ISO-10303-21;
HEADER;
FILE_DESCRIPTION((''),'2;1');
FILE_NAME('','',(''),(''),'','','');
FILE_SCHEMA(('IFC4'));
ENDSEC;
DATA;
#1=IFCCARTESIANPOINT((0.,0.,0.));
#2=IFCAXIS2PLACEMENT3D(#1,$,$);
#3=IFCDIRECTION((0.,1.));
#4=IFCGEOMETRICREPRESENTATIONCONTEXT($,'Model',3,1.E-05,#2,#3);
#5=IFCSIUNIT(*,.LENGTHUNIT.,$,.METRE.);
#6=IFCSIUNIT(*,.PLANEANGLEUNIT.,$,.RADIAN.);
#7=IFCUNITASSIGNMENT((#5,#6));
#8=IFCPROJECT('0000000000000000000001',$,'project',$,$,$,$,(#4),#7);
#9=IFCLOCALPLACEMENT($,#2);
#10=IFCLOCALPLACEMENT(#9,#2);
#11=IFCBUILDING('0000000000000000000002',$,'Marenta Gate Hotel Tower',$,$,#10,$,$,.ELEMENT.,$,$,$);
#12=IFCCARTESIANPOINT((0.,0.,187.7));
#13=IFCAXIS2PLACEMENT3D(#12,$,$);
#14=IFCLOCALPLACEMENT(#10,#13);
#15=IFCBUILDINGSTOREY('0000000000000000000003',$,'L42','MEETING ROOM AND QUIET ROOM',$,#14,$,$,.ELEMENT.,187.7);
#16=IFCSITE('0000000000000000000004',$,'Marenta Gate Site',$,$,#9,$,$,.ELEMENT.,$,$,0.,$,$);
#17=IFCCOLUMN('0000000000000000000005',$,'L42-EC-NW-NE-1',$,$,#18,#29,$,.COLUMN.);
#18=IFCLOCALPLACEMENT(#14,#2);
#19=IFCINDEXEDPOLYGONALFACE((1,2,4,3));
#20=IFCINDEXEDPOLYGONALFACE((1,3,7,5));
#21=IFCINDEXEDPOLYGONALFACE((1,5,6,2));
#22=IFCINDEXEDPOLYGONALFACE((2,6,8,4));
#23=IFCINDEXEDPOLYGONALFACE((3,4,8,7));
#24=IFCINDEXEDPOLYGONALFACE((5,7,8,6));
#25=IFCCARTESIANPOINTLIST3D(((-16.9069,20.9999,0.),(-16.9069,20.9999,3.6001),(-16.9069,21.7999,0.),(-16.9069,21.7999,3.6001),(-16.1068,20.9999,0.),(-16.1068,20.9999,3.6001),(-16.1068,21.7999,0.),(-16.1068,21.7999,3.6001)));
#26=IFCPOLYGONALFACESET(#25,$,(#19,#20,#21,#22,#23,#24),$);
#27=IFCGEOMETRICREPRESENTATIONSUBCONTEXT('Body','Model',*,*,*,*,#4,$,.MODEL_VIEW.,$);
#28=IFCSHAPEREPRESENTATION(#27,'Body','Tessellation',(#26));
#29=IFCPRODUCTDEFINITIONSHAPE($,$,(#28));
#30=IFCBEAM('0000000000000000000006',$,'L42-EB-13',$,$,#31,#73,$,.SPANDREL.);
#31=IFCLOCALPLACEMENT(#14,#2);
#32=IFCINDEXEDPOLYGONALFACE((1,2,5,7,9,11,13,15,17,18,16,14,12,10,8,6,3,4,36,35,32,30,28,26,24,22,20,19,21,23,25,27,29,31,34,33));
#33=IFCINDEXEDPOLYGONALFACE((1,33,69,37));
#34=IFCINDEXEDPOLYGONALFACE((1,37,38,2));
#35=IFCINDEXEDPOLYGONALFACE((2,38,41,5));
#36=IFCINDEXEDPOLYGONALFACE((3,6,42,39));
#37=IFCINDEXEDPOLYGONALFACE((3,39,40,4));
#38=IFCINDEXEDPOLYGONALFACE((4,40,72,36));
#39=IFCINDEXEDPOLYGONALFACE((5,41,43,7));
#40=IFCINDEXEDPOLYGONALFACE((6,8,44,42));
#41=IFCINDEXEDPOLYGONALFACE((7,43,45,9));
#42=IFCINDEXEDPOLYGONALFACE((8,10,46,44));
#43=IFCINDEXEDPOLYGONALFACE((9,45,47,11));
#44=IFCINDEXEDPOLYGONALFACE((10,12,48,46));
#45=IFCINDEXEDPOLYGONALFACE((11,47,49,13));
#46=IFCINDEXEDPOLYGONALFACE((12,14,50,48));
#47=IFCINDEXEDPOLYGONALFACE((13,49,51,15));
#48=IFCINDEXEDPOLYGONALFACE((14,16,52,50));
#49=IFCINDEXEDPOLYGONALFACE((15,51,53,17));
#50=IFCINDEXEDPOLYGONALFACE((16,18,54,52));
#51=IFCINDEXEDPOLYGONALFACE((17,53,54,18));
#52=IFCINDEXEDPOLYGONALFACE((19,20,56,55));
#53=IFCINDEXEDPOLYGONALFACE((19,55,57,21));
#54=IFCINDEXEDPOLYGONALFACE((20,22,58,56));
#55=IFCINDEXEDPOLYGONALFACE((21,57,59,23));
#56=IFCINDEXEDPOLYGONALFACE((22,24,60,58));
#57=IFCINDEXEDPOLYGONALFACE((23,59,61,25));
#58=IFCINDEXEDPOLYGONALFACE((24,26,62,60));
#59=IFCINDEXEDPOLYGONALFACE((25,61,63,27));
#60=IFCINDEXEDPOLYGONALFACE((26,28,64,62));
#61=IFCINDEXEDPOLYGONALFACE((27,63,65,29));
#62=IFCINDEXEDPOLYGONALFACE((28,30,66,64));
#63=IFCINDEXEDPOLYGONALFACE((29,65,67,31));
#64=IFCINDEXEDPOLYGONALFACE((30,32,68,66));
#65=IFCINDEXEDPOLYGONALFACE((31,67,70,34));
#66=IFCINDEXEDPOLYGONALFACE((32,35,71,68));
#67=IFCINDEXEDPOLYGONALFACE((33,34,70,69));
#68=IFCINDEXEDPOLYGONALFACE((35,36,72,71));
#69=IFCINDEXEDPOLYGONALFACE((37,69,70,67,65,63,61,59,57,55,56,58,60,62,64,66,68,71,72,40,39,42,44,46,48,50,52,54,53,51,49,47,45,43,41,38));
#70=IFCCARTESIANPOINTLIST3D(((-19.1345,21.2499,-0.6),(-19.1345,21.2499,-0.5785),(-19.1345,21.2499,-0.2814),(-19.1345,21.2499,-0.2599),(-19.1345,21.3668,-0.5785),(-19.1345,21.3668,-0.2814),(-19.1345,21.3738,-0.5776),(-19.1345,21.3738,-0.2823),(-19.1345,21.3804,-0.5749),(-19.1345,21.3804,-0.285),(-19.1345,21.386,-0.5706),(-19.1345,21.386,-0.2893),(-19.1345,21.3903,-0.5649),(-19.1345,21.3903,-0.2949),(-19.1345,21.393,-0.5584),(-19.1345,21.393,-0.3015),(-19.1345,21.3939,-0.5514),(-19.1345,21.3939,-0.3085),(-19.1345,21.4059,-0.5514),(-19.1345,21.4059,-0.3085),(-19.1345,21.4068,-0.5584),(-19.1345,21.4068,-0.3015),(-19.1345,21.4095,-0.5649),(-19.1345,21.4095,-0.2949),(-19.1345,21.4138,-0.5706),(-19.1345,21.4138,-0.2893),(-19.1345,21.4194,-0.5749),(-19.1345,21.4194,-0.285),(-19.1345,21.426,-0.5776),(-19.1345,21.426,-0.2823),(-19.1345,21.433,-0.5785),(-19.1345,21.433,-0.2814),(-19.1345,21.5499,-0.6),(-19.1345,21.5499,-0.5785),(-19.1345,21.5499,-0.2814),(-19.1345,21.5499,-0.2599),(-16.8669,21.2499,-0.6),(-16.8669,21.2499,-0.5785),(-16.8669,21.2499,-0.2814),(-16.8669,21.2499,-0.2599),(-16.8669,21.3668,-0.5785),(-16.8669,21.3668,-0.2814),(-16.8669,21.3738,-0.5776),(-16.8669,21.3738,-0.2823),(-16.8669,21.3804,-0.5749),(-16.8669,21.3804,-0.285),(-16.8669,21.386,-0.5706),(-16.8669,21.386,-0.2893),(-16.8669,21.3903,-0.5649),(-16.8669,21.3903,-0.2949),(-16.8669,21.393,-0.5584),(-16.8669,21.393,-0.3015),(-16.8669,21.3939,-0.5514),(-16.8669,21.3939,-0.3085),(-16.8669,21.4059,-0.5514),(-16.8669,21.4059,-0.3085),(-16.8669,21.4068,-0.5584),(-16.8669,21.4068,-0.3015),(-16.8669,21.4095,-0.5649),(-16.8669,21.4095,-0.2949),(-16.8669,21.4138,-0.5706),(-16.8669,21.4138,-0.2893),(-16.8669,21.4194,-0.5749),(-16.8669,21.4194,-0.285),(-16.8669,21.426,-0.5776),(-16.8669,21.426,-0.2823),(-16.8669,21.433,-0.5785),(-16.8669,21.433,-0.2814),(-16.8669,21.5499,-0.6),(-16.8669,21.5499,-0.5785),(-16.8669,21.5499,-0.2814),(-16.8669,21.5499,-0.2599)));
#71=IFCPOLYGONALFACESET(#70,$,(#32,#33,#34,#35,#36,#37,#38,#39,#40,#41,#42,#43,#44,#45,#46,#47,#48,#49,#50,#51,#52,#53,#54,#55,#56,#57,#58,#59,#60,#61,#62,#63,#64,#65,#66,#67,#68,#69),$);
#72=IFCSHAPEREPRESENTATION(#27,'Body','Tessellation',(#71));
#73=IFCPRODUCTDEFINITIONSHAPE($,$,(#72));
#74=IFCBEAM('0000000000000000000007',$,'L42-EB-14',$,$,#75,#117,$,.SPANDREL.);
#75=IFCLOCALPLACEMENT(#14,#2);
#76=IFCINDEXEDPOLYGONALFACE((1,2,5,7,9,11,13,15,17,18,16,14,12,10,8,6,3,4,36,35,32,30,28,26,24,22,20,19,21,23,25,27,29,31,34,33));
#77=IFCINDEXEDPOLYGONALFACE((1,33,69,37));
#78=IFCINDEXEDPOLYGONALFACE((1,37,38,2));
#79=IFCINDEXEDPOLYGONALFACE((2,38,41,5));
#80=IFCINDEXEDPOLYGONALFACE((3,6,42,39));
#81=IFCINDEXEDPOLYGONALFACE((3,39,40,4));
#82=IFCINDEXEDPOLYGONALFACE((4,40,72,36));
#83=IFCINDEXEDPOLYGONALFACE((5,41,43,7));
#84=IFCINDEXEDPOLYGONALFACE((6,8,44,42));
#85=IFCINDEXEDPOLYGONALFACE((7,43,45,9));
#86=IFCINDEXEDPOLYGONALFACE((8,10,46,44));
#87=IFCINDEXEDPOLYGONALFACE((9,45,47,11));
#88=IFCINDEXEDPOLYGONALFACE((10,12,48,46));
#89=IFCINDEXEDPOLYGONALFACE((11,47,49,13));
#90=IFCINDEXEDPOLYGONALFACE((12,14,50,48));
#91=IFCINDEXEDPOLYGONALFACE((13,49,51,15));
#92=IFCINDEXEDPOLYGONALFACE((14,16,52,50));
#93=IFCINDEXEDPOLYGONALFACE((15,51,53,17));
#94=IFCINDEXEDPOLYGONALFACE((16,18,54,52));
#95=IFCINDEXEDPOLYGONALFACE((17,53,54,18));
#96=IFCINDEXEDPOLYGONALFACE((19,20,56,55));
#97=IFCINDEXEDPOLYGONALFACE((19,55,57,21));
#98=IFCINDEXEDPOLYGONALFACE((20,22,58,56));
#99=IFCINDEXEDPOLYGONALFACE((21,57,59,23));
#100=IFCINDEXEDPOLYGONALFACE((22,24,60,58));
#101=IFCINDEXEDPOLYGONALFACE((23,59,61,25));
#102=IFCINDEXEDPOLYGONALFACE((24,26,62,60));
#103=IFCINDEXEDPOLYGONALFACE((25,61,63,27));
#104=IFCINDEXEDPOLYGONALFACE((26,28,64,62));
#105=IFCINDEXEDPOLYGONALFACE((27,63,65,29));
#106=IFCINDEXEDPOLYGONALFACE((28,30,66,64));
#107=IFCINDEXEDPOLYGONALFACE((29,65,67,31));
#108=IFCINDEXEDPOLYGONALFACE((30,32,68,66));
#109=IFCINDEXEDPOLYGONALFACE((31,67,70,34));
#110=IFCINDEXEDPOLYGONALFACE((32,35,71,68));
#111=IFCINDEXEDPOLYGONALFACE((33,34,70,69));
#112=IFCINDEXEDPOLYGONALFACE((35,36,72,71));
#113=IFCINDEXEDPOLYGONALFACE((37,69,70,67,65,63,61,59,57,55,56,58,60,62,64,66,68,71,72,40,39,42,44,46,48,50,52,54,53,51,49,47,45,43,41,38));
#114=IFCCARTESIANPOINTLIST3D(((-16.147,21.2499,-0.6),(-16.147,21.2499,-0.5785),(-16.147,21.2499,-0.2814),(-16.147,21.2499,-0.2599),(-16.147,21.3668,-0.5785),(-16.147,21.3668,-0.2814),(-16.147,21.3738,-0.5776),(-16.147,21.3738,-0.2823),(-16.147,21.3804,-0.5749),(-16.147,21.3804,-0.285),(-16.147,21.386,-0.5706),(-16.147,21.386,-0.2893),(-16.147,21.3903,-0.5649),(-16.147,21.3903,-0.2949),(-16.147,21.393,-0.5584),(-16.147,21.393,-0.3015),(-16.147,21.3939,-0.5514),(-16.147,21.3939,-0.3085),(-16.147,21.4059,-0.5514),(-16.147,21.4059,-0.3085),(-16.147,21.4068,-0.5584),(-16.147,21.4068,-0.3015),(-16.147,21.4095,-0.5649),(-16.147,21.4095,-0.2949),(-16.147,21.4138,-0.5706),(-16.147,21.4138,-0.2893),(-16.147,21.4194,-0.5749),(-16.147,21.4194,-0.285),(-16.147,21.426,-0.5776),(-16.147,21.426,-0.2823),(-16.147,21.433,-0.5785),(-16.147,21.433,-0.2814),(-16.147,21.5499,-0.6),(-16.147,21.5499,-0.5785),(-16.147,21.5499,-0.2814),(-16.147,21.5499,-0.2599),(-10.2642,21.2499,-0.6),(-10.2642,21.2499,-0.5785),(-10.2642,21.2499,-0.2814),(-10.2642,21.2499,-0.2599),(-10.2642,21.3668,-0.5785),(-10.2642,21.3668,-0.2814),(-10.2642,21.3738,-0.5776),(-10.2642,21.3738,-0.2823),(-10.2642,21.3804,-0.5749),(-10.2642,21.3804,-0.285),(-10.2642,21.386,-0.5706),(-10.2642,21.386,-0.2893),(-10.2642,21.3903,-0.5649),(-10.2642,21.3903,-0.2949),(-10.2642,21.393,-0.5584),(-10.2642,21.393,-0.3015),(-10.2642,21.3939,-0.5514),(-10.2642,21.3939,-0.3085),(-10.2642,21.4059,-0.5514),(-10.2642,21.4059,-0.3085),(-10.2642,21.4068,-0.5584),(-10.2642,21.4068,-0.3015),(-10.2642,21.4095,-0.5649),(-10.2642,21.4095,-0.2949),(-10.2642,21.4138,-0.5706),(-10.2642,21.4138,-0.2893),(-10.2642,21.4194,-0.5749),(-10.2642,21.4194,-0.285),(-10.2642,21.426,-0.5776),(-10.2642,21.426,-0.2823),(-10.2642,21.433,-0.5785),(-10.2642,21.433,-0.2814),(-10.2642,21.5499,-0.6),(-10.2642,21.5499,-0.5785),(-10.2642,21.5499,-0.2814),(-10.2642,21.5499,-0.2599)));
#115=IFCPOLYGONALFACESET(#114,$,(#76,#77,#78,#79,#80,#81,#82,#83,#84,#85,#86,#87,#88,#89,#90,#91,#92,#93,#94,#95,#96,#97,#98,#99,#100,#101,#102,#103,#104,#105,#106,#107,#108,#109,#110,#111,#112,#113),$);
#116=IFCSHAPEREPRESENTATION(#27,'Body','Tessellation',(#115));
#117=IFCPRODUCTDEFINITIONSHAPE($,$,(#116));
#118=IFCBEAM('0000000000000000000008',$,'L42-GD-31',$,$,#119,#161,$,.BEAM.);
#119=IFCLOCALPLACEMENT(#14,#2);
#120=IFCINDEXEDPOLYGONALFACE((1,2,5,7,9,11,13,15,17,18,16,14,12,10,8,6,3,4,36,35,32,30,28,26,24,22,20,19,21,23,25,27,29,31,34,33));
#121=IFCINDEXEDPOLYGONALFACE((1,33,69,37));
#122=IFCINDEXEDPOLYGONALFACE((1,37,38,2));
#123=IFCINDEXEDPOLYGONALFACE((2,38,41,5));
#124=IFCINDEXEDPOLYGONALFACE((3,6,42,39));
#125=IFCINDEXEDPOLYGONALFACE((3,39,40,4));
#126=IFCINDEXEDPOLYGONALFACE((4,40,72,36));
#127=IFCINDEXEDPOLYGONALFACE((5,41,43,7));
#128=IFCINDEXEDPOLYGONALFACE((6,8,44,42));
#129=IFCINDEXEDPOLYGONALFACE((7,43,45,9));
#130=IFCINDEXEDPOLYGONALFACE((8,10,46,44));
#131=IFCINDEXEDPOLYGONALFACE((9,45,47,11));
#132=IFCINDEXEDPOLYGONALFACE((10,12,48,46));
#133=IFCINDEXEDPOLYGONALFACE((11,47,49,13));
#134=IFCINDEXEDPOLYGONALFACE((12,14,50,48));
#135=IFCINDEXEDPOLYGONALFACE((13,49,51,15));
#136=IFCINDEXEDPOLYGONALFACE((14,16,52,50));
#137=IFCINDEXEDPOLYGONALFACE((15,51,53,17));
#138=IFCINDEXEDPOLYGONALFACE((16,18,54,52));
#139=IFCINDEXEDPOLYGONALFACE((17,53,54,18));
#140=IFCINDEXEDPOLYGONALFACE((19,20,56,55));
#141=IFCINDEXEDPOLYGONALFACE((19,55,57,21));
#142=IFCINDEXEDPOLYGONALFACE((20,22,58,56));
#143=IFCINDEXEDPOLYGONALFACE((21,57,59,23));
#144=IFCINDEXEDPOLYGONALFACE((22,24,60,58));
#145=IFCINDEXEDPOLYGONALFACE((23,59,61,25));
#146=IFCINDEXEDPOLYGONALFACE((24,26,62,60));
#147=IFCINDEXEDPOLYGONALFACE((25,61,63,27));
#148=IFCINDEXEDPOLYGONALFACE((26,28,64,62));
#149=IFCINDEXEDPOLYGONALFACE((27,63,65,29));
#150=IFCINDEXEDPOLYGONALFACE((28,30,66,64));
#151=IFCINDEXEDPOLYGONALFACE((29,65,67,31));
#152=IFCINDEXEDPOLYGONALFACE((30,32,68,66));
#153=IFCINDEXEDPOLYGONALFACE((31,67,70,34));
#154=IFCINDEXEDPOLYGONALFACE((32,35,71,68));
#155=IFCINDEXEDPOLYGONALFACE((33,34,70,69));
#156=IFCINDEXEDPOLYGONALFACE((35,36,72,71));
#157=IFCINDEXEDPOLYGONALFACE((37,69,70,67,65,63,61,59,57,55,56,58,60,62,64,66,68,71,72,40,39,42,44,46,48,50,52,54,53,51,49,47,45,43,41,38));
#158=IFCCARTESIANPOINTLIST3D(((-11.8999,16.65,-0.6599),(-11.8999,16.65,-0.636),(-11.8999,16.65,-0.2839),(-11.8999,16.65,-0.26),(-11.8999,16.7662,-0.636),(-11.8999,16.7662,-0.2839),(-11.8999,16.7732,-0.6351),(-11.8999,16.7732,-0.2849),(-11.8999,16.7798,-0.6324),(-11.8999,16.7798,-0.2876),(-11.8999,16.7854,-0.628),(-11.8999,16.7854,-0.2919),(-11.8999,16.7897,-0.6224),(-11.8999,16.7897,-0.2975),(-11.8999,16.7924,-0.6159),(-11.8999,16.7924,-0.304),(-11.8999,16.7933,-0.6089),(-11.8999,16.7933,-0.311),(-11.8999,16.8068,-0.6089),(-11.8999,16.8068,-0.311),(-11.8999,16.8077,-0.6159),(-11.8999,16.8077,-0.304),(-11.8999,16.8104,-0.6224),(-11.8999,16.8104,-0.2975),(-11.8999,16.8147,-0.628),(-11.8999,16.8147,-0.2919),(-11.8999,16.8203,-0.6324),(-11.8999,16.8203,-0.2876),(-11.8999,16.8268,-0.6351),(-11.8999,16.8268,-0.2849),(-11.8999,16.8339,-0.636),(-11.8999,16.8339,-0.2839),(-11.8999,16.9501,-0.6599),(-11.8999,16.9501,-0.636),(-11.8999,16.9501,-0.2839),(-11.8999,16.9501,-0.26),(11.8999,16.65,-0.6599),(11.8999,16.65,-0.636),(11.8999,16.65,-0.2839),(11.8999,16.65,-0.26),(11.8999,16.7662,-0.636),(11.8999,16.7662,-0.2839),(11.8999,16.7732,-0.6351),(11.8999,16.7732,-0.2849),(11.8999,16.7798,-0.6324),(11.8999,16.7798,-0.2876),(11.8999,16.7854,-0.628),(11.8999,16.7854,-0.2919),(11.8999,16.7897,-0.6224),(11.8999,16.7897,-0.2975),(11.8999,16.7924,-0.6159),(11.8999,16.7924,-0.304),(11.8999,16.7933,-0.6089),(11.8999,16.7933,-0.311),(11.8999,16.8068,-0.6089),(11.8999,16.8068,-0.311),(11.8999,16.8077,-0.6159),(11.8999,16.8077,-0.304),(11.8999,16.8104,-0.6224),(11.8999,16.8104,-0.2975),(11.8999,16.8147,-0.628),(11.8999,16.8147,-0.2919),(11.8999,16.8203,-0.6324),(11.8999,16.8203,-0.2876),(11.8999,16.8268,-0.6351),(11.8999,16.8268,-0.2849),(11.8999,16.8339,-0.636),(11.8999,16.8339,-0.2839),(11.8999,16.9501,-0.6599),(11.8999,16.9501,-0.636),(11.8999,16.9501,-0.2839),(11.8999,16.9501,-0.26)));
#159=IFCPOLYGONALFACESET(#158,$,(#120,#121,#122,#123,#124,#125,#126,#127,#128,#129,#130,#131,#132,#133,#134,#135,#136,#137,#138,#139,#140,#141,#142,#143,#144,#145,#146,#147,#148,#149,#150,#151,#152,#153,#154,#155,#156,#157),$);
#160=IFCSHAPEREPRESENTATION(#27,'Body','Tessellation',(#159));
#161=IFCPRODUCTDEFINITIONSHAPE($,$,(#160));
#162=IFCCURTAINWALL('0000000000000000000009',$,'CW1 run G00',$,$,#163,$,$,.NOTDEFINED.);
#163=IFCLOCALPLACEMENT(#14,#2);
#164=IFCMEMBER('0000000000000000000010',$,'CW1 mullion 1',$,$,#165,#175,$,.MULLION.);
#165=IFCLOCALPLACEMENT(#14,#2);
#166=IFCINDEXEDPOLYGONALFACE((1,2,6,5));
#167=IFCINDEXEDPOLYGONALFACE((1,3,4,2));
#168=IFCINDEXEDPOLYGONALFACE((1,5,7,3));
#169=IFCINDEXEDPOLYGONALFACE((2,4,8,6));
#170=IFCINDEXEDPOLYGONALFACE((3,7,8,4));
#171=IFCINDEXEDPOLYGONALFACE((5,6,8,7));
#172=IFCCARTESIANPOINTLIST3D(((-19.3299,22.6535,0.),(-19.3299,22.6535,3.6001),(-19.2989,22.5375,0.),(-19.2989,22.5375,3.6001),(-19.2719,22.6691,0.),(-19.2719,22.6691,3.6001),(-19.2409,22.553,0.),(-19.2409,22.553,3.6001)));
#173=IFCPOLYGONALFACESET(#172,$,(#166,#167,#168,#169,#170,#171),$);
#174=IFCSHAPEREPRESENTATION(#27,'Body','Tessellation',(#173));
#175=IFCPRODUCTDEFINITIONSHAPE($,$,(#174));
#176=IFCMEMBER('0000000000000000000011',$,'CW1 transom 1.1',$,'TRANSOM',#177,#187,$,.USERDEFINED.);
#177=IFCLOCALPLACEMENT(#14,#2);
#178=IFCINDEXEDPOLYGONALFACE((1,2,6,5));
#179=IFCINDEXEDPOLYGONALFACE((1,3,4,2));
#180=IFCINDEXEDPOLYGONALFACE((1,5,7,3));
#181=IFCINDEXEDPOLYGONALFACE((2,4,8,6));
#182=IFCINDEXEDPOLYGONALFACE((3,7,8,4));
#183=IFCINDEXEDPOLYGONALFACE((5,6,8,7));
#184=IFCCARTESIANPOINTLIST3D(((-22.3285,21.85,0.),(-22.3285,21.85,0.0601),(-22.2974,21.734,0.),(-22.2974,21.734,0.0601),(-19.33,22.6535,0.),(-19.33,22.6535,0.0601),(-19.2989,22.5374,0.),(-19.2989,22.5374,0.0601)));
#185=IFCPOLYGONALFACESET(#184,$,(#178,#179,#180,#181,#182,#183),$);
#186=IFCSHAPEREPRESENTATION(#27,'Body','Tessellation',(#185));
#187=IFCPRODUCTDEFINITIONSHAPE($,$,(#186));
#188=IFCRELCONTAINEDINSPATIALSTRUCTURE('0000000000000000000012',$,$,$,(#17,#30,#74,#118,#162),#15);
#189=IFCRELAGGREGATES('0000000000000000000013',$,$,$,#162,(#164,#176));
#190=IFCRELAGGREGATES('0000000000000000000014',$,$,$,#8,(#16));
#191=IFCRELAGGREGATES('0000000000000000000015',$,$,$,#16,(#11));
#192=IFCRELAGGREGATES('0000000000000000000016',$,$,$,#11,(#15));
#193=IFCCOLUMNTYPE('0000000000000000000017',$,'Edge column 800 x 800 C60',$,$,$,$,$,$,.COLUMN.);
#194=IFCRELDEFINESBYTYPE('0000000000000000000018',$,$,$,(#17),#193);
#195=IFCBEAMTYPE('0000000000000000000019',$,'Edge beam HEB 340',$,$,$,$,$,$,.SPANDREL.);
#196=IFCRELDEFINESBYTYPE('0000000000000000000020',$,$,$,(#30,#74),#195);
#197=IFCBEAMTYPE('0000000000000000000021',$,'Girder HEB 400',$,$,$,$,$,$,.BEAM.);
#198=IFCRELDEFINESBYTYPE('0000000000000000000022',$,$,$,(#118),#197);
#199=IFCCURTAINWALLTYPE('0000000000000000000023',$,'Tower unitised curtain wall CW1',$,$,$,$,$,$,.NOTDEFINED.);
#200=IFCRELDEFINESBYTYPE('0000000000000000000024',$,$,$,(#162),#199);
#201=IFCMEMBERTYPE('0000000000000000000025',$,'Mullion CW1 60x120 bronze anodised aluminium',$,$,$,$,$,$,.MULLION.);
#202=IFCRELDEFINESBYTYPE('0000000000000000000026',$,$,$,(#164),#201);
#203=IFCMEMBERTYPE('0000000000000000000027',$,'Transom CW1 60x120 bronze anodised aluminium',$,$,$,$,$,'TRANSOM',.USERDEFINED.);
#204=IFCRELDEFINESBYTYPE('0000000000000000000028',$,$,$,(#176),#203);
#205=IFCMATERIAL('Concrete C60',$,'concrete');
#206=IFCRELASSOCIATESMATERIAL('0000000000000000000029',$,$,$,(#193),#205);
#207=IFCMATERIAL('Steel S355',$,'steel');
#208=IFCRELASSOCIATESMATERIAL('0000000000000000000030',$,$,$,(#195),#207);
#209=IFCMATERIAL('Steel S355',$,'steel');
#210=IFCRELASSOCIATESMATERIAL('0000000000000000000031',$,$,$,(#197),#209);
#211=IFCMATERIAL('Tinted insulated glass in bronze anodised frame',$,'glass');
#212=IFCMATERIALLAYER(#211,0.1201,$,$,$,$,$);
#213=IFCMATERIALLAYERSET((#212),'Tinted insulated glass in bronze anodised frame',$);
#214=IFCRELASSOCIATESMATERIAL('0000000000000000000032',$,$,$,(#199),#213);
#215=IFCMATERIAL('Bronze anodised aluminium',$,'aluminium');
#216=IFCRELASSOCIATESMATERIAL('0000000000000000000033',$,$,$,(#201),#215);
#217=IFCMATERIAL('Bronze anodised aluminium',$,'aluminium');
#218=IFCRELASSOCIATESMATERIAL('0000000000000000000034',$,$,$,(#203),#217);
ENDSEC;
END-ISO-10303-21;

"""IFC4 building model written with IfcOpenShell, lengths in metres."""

from ifc_helpers import new_model, si_unit, direction, frame, origin, origin_2d, place, context, subcontext, project, spatial, rectangle, i_section, extrude, material, layer, layer_set, material_profile, profile_set, type_object, element, aggregate, save


model = new_model("IFC4")

# Units and contexts
model_context = context("Model", 3, precision=1e-05, world=origin(), true_north=direction((0.0, 1.0)))
body_context = subcontext(model_context, "Body", "Model", "MODEL_VIEW")
ifc_project = project(units=[si_unit("LENGTHUNIT", "METRE"), si_unit("PLANEANGLEUNIT", "RADIAN")], contexts=[model_context])

# Site, building, storey
site_placement = place(None, origin())
site = spatial("IfcSite", under=ifc_project, at=site_placement, Name="Marenta Gate Site", CompositionType="ELEMENT", RefElevation=0.0)
building_placement = place(site_placement, origin())
building = spatial("IfcBuilding", under=site, at=building_placement, Name="Marenta Gate Hotel Tower", CompositionType="ELEMENT")
storey_placement = place(building_placement, frame((0.0, 0.0, 187.7)))
storey = spatial("IfcBuildingStorey", under=building, at=storey_placement, Name="L42", Description="MEETING ROOM AND QUIET ROOM", CompositionType="ELEMENT", Elevation=187.7)

# Column
ifc_material_1 = material(Name="Concrete C60", Category="concrete")
ifc_material_profile_1 = material_profile(ifc_material_1, rectangle(XDim=0.8, YDim=0.8, at=origin_2d()), Name="800 x 800")
ifc_profile_set_1 = profile_set([ifc_material_profile_1], Name="Concrete C60")
column_type = type_object("IfcColumnType", Name="Edge column 800 x 800 C60", PredefinedType="COLUMN", material=ifc_profile_set_1)
column_placement = place(storey_placement, frame((-16.5068, 21.3999, 0.0), z_axis=(0.0, 0.0, 1.0), x_axis=(1.0, 0.0, 0.0)))
element("IfcColumn", 1, at=column_placement, inside=storey, type_object=column_type, Name="L42-EC-NW-NE-1", PredefinedType="COLUMN", context=body_context, shape_type="SweptSolid", body=[
    extrude(rectangle(XDim=0.8, YDim=0.8, at=origin_2d()), origin(), (0.0, 0.0, 1.0), 3.6001),
])

# Beams
ifc_material_2 = material(Name="Steel S355", Category="steel")
ifc_material_profile_2 = material_profile(ifc_material_2, i_section(OverallWidth=0.3, OverallDepth=0.3401, WebThickness=0.012, FlangeThickness=0.0215, FilletRadius=0.0271, at=origin_2d()), Name="HEB 340")
ifc_profile_set_2 = profile_set([ifc_material_profile_2], Name="Steel S355")
beam_type_1 = type_object("IfcBeamType", Name="Edge beam HEB 340", PredefinedType="SPANDREL", material=ifc_profile_set_2)
beam_1_placement = place(storey_placement, frame((-19.1345, 21.3999, -0.4299), z_axis=(1.0, 0.0, 0.0), x_axis=(0.0, 1.0, 0.0)))
element("IfcBeam", 2, at=beam_1_placement, inside=storey, type_object=beam_type_1, Name="L42-EB-13", PredefinedType="SPANDREL", context=body_context, shape_type="SweptSolid", body=[
    extrude(i_section(OverallWidth=0.3, OverallDepth=0.3401, WebThickness=0.012, FlangeThickness=0.0215, FilletRadius=0.0271, at=origin_2d()), origin(), (0.0, 0.0, 1.0), 2.2676),
])
beam_2_placement = place(storey_placement, frame((-16.147, 21.3999, -0.4299), z_axis=(1.0, 0.0, 0.0), x_axis=(0.0, 1.0, 0.0)))
element("IfcBeam", 3, at=beam_2_placement, inside=storey, type_object=beam_type_1, Name="L42-EB-14", PredefinedType="SPANDREL", context=body_context, shape_type="SweptSolid", body=[
    extrude(i_section(OverallWidth=0.3, OverallDepth=0.3401, WebThickness=0.012, FlangeThickness=0.0215, FilletRadius=0.0271, at=origin_2d()), origin(), (0.0, 0.0, 1.0), 5.8828),
])
ifc_material_3 = material(Name="Steel S355", Category="steel")
ifc_material_profile_3 = material_profile(ifc_material_3, i_section(OverallWidth=0.3, OverallDepth=0.3999, WebThickness=0.0134, FlangeThickness=0.0239, FilletRadius=0.0271, at=origin_2d()), Name="HEB 400")
ifc_profile_set_3 = profile_set([ifc_material_profile_3], Name="Steel S355")
beam_type_2 = type_object("IfcBeamType", Name="Girder HEB 400", PredefinedType="BEAM", material=ifc_profile_set_3)
beam_3_placement = place(storey_placement, frame((-11.8999, 16.8, -0.46), z_axis=(1.0, 0.0, 0.0), x_axis=(0.0, 1.0, 0.0)))
element("IfcBeam", 4, at=beam_3_placement, inside=storey, type_object=beam_type_2, Name="L42-GD-31", PredefinedType="BEAM", context=body_context, shape_type="SweptSolid", body=[
    extrude(i_section(OverallWidth=0.3, OverallDepth=0.3999, WebThickness=0.0134, FlangeThickness=0.0239, FilletRadius=0.0271, at=origin_2d()), origin(), (0.0, 0.0, 1.0), 23.7998),
])

# Curtain wall, members
ifc_material_4 = material(Name="Tinted insulated glass in bronze anodised frame", Category="glass")
ifc_layer_1 = layer(ifc_material_4, 0.1201)
ifc_layer_set_1 = layer_set([ifc_layer_1], Name="Tinted insulated glass in bronze anodised frame")
curtain_wall_type = type_object("IfcCurtainWallType", Name="Tower unitised curtain wall CW1", PredefinedType="NOTDEFINED", material=ifc_layer_set_1)
curtain_wall_placement = place(storey_placement, origin())
curtain_wall = element("IfcCurtainWall", 5, at=curtain_wall_placement, inside=storey, type_object=curtain_wall_type, Name="CW1 run G00", PredefinedType="NOTDEFINED")
ifc_material_5 = material(Name="Bronze anodised aluminium", Category="aluminium")
ifc_material_profile_4 = material_profile(ifc_material_5, rectangle(XDim=0.1201, YDim=0.0601, at=origin_2d()), Name="Mullion CW1 60x120 bronze anodised aluminium")
ifc_profile_set_4 = profile_set([ifc_material_profile_4], Name="Bronze anodised aluminium")
member_type_1 = type_object("IfcMemberType", Name="Mullion CW1 60x120 bronze anodised aluminium", PredefinedType="MULLION", material=ifc_profile_set_4)
member_1_placement = place(storey_placement, frame((-19.2854, 22.6033, 0.0), z_axis=(0.0, 0.0, 1.0), x_axis=(0.258801, -0.965931, 0.0)))
member_1 = element("IfcMember", 6, at=member_1_placement, type_object=member_type_1, Name="CW1 mullion 1", PredefinedType="MULLION", context=body_context, shape_type="SweptSolid", body=[
    extrude(rectangle(XDim=0.1201, YDim=0.0601, at=origin_2d()), origin(), (0.0, 0.0, 1.0), 3.6001),
])
ifc_material_6 = material(Name="Bronze anodised aluminium", Category="aluminium")
ifc_material_profile_5 = material_profile(ifc_material_6, rectangle(XDim=0.1201, YDim=0.0601, at=origin_2d()), Name="Transom CW1 60x120 bronze anodised aluminium")
ifc_profile_set_5 = profile_set([ifc_material_profile_5], Name="Bronze anodised aluminium")
member_type_2 = type_object("IfcMemberType", Name="Transom CW1 60x120 bronze anodised aluminium", ElementType="TRANSOM", PredefinedType="USERDEFINED", material=ifc_profile_set_5)
member_2_placement = place(storey_placement, frame((-19.3145, 22.5955, 0.03), z_axis=(-0.965925, -0.258823, 0.0), x_axis=(0.258823, -0.965925, 0.0)))
member_2 = element("IfcMember", 7, at=member_2_placement, type_object=member_type_2, Name="CW1 transom 1.1", ObjectType="TRANSOM", PredefinedType="USERDEFINED", context=body_context, shape_type="SweptSolid", body=[
    extrude(rectangle(XDim=0.1201, YDim=0.0601, at=origin_2d()), origin(), (0.0, 0.0, 1.0), 3.1042),
])
aggregate(curtain_wall, [member_1, member_2])

save(model, "model.ifc")
